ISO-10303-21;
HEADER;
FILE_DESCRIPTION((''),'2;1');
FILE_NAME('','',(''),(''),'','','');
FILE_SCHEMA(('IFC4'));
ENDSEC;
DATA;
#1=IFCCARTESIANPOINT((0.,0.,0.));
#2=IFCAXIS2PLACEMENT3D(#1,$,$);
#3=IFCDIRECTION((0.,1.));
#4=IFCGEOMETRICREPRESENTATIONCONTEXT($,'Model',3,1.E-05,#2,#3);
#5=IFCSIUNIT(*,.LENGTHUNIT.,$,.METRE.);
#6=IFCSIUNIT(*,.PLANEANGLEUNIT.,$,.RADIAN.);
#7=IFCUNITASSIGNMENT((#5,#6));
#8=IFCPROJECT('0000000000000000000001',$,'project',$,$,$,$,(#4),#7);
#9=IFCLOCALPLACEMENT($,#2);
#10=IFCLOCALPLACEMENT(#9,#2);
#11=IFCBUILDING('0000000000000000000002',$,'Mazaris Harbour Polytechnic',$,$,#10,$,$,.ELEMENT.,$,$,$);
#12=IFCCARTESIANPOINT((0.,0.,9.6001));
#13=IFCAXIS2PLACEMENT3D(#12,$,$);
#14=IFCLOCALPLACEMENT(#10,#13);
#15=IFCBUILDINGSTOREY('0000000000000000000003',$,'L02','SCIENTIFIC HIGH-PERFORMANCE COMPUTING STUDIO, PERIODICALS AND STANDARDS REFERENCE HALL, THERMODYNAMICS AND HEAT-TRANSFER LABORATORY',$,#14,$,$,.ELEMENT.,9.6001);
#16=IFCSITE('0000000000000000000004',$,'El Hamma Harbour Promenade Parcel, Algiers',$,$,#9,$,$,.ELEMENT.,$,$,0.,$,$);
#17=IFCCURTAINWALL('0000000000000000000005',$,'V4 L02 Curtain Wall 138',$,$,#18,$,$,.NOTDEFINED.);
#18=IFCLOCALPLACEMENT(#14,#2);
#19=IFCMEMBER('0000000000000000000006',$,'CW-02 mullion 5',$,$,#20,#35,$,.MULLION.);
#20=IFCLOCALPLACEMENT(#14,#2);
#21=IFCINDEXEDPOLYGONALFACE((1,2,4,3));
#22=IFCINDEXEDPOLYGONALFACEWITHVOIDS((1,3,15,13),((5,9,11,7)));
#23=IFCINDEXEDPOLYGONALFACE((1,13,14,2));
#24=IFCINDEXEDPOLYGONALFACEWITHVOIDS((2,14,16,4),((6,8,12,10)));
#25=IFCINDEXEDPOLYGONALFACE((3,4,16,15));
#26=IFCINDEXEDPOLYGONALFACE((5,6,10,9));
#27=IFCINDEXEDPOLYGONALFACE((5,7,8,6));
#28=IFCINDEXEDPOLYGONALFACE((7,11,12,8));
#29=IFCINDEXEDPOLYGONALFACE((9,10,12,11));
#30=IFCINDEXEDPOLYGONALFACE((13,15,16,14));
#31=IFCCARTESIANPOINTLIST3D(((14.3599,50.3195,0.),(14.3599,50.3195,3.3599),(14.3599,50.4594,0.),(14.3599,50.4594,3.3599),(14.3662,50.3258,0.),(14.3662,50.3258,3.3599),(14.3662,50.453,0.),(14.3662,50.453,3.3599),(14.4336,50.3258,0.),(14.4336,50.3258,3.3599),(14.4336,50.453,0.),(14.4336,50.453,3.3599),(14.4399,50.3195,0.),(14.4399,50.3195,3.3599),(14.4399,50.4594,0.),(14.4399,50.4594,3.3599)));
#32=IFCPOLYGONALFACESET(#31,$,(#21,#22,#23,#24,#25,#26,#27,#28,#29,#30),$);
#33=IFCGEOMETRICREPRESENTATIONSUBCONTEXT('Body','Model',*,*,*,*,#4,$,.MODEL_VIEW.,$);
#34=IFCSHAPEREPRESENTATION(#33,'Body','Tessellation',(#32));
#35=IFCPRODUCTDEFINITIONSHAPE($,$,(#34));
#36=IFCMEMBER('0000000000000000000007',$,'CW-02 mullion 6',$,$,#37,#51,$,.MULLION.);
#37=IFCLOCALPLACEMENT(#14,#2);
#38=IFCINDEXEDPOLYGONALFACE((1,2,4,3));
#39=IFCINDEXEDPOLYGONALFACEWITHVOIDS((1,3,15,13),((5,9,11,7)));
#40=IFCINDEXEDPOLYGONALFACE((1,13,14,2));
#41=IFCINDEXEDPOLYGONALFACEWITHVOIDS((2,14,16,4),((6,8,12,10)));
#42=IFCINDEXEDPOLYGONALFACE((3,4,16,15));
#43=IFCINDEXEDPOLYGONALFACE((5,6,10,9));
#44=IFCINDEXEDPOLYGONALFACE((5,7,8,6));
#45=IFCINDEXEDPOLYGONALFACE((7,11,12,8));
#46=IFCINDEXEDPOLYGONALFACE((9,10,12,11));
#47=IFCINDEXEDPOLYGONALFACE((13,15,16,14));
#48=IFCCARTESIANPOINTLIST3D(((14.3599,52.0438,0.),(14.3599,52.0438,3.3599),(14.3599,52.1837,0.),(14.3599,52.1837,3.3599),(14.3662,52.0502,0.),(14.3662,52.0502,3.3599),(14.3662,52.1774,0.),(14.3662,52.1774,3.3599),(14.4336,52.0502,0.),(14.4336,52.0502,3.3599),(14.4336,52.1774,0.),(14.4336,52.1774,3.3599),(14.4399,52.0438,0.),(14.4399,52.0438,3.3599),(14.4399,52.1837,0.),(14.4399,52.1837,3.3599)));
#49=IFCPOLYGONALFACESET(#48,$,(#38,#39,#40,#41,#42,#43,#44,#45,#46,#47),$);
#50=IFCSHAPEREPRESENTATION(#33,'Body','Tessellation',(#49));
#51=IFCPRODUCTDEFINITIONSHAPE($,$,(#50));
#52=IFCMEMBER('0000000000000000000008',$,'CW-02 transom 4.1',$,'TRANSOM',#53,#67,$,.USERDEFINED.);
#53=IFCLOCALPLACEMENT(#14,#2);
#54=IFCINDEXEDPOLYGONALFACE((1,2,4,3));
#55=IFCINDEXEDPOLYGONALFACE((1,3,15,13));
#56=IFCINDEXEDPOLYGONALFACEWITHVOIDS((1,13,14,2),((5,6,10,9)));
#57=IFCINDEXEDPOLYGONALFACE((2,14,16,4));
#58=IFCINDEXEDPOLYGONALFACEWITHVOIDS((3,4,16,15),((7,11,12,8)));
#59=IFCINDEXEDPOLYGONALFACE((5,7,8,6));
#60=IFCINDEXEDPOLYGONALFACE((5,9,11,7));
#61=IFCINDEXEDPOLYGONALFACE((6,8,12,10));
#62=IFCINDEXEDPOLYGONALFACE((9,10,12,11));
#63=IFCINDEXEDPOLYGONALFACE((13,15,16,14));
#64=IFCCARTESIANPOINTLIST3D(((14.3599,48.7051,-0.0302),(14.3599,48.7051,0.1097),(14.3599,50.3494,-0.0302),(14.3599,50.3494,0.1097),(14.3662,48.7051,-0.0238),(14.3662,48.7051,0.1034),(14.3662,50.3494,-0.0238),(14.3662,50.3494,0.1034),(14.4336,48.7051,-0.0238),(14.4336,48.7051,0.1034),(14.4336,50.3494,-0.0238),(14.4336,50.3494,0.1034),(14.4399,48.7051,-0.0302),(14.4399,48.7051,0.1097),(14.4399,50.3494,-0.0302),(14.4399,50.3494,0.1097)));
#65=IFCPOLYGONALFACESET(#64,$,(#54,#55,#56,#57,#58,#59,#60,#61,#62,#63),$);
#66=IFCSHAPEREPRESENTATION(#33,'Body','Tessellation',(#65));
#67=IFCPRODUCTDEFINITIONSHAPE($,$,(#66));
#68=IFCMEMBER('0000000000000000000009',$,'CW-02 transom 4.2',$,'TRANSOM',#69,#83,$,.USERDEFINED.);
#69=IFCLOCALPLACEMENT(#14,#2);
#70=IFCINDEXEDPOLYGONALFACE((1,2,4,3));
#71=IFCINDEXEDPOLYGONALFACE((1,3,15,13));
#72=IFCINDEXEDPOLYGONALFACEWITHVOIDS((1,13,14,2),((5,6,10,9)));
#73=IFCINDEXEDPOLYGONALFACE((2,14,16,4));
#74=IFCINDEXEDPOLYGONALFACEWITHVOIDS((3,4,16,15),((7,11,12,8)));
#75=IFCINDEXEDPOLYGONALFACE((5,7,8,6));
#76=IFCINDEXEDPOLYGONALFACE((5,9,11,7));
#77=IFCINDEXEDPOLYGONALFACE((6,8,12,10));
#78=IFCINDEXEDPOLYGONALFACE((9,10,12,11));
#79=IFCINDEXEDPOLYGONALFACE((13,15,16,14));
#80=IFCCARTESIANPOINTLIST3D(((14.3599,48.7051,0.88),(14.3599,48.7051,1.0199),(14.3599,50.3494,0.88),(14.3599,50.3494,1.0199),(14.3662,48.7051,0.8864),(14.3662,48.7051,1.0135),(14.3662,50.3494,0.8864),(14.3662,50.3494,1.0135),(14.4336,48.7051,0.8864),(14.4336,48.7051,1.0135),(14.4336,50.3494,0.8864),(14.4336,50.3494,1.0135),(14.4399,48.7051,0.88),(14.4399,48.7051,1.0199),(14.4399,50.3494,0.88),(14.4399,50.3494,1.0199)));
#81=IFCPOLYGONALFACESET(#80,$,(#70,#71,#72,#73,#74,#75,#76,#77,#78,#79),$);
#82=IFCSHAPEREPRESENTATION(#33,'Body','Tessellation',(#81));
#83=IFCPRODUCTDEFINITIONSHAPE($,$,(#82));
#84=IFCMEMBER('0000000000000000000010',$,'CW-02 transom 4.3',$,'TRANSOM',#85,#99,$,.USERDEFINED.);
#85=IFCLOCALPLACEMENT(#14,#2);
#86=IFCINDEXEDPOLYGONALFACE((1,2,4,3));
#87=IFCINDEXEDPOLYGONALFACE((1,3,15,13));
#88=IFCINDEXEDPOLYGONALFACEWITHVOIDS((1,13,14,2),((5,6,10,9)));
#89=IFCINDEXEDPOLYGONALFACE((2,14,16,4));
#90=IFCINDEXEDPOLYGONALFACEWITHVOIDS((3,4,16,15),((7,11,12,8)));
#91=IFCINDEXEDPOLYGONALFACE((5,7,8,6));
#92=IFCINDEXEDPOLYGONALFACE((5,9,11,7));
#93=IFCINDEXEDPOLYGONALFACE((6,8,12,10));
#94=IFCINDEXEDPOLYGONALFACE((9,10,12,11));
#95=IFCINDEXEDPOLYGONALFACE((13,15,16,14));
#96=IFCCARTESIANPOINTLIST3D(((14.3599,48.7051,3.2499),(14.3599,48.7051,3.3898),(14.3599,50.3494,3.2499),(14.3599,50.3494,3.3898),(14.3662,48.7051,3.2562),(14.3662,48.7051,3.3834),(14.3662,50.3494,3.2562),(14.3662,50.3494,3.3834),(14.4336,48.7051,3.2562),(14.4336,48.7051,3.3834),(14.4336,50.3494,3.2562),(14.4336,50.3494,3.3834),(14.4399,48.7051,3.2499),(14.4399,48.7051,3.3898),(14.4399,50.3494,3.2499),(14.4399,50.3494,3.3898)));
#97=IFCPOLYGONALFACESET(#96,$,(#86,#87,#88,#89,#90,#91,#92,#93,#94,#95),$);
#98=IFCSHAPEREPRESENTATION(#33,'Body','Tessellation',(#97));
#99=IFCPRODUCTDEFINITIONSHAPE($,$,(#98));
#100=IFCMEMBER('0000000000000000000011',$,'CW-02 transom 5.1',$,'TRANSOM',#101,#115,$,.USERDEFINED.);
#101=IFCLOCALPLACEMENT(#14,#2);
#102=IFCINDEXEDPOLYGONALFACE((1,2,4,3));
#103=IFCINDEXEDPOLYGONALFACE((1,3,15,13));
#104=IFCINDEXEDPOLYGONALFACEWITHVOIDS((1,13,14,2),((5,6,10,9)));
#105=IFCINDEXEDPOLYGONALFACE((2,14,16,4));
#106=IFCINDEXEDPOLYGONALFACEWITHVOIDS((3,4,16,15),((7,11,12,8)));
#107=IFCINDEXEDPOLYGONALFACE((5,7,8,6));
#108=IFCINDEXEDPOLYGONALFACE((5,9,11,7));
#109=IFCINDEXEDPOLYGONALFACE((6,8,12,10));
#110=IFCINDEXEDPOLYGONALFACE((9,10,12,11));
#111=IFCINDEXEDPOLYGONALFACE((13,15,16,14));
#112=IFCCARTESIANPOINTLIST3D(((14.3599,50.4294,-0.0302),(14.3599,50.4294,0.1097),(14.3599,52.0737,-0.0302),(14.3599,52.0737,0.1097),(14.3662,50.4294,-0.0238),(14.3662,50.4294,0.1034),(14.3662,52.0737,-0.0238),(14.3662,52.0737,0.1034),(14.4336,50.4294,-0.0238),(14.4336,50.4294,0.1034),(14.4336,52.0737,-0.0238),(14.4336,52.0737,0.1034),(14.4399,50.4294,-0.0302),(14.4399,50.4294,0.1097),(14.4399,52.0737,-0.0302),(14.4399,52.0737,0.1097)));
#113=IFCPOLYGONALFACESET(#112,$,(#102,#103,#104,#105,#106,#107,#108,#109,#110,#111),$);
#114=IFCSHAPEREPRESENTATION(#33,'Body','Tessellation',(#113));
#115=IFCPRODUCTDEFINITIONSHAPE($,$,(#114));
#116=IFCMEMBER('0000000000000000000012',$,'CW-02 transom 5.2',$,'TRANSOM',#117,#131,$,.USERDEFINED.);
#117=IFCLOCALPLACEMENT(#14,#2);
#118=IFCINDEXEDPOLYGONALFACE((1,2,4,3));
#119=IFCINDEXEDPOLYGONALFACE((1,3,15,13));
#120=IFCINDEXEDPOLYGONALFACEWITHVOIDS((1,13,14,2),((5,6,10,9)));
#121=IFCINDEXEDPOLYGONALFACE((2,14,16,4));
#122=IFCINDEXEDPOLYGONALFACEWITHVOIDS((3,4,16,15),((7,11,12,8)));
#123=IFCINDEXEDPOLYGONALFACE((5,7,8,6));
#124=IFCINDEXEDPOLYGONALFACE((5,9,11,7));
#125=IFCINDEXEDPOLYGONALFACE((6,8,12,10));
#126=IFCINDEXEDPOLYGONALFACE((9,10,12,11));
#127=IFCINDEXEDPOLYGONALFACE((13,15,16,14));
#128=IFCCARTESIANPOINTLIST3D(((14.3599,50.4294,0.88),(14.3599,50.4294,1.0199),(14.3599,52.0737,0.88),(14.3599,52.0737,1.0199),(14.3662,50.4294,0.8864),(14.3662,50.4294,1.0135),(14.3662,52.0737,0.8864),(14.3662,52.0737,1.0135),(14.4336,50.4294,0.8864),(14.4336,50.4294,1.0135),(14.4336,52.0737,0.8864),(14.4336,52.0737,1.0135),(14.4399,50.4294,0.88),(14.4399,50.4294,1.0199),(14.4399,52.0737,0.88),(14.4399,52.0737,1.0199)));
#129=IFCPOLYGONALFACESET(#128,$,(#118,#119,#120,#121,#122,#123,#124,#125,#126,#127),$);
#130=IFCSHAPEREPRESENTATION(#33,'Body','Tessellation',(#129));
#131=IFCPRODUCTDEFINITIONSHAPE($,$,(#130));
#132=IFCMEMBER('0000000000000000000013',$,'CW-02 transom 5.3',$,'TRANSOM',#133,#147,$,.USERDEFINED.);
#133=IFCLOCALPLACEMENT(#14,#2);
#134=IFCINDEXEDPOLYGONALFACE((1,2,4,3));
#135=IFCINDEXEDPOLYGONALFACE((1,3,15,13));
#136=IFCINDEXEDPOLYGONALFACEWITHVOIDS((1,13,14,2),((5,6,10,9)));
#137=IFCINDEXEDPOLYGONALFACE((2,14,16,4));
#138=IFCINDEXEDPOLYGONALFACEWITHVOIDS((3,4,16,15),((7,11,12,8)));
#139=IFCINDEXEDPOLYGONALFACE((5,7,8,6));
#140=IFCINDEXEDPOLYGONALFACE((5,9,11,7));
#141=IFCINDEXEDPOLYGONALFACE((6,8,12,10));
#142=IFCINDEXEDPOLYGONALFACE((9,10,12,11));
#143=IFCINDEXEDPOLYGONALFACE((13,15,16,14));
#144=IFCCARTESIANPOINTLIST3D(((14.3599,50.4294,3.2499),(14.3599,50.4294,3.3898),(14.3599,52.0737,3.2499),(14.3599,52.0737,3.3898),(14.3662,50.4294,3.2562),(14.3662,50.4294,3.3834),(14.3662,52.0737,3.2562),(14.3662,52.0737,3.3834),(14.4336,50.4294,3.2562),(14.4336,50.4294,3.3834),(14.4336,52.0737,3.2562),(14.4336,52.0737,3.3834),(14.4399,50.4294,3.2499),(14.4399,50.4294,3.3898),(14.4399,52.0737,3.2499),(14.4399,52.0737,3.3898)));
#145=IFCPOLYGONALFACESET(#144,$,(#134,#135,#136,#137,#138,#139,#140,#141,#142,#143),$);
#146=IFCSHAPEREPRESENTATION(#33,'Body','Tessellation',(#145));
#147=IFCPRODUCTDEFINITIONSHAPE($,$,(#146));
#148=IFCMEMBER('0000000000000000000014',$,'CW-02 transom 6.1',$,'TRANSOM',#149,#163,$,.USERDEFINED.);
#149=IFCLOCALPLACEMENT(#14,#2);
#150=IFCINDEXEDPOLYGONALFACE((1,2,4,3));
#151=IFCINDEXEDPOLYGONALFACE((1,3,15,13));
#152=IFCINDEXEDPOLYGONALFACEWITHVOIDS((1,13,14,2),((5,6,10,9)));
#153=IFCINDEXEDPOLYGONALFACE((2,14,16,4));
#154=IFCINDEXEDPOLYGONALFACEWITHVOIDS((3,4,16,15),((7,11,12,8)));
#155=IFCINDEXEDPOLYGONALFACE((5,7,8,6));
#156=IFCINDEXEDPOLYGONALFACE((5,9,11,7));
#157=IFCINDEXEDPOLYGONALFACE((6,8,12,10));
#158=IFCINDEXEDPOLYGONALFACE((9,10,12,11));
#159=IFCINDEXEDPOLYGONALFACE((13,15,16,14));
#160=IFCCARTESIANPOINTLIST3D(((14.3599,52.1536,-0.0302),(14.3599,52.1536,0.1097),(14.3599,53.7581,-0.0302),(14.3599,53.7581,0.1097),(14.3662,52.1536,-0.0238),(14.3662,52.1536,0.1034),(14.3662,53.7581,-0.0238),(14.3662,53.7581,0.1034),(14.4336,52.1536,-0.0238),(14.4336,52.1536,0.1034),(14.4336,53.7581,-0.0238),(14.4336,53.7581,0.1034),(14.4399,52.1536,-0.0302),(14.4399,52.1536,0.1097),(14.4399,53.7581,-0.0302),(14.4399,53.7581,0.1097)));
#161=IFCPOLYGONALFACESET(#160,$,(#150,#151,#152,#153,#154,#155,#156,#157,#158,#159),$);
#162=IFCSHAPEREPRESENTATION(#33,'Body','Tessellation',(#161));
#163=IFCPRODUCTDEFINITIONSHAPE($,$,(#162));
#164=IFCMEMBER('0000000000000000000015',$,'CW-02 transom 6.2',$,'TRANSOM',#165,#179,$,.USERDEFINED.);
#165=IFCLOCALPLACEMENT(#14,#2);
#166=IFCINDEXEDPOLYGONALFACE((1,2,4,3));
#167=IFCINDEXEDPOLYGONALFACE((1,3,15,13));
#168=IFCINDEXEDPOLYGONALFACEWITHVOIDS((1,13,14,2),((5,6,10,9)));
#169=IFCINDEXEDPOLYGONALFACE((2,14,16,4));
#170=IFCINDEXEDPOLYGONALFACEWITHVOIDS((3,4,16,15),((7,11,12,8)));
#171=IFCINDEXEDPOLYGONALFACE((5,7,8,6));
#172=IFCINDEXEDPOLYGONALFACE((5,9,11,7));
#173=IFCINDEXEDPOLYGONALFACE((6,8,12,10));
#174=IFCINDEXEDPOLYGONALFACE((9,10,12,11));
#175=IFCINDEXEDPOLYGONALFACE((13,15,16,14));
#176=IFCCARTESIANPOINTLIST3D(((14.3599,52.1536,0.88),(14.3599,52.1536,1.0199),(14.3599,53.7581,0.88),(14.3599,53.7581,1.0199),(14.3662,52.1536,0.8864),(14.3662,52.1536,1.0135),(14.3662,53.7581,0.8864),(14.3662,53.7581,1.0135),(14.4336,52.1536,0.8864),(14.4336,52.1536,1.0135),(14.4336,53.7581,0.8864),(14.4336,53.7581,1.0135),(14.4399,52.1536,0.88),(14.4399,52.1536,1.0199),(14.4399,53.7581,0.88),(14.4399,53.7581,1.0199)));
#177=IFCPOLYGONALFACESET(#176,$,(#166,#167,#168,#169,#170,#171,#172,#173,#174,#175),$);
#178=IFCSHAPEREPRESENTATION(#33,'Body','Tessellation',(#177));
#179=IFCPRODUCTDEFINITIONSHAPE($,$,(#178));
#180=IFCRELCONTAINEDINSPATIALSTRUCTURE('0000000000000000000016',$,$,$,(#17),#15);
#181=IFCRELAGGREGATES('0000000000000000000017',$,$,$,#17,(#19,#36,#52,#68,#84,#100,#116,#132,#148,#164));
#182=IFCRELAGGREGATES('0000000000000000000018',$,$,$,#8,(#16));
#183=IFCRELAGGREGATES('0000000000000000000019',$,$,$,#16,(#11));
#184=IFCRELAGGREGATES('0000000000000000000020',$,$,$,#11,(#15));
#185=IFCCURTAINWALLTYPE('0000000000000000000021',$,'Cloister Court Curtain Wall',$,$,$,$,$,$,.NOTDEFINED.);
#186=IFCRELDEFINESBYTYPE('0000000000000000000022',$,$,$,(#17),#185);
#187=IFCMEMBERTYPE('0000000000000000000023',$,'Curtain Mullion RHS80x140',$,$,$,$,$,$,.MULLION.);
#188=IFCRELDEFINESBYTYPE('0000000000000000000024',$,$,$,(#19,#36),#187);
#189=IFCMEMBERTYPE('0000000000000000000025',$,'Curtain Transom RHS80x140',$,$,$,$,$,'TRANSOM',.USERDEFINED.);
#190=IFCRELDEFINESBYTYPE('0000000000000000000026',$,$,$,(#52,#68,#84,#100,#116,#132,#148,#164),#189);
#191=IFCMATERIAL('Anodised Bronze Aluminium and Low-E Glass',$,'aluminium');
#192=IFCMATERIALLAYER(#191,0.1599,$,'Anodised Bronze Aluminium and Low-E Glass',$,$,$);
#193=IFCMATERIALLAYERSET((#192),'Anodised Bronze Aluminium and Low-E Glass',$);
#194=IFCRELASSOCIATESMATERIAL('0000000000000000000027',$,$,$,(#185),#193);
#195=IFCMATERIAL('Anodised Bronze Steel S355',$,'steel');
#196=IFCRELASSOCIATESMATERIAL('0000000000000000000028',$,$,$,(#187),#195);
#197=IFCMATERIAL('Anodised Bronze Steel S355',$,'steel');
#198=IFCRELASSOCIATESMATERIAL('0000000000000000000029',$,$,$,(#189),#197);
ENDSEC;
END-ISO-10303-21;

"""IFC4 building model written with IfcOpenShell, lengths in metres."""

from ifc_helpers import new_model, si_unit, direction, frame, origin, origin_2d, place, context, subcontext, project, spatial, hollow_rectangle, extrude, material, layer, layer_set, material_profile, profile_set, type_object, element, aggregate, save


model = new_model("IFC4")

# Units and contexts
model_context = context("Model", 3, precision=1e-05, world=origin(), true_north=direction((0.0, 1.0)))
body_context = subcontext(model_context, "Body", "Model", "MODEL_VIEW")
ifc_project = project(units=[si_unit("LENGTHUNIT", "METRE"), si_unit("PLANEANGLEUNIT", "RADIAN")], contexts=[model_context])

# Site, building, storey
site_placement = place(None, origin())
site = spatial("IfcSite", under=ifc_project, at=site_placement, Name="El Hamma Harbour Promenade Parcel, Algiers", CompositionType="ELEMENT", RefElevation=0.0)
building_placement = place(site_placement, origin())
building = spatial("IfcBuilding", under=site, at=building_placement, Name="Mazaris Harbour Polytechnic", CompositionType="ELEMENT")
storey_placement = place(building_placement, frame((0.0, 0.0, 9.6001)))
storey = spatial("IfcBuildingStorey", under=building, at=storey_placement, Name="L02", Description="SCIENTIFIC HIGH-PERFORMANCE COMPUTING STUDIO, PERIODICALS AND STANDARDS REFERENCE HALL, THERMODYNAMICS AND HEAT-TRANSFER LABORATORY", CompositionType="ELEMENT", Elevation=9.6001)

# Curtain wall, members
ifc_material_1 = material(Name="Anodised Bronze Aluminium and Low-E Glass", Category="aluminium")
ifc_layer_1 = layer(ifc_material_1, 0.1599, Name="Anodised Bronze Aluminium and Low-E Glass")
ifc_layer_set_1 = layer_set([ifc_layer_1], Name="Anodised Bronze Aluminium and Low-E Glass")
curtain_wall_type = type_object("IfcCurtainWallType", Name="Cloister Court Curtain Wall", PredefinedType="NOTDEFINED", material=ifc_layer_set_1)
curtain_wall_placement = place(storey_placement, origin())
curtain_wall = element("IfcCurtainWall", 1, at=curtain_wall_placement, inside=storey, type_object=curtain_wall_type, Name="V4 L02 Curtain Wall 138", PredefinedType="NOTDEFINED")
ifc_material_2 = material(Name="Anodised Bronze Steel S355", Category="steel")
ifc_material_profile_1 = material_profile(ifc_material_2, hollow_rectangle(XDim=0.0801, YDim=0.1399, WallThickness=0.0063, at=origin_2d()), Name="RHS 80x140x6.3")
ifc_profile_set_1 = profile_set([ifc_material_profile_1], Name="Anodised Bronze Steel S355")
member_type_1 = type_object("IfcMemberType", Name="Curtain Mullion RHS80x140", PredefinedType="MULLION", material=ifc_profile_set_1)
member_1_placement = place(storey_placement, frame((14.3999, 50.3894, 0.0), z_axis=(0.0, 0.0, 1.0), x_axis=(-1.0, 0.0, 0.0)))
member_1 = element("IfcMember", 2, at=member_1_placement, type_object=member_type_1, Name="CW-02 mullion 5", PredefinedType="MULLION", context=body_context, shape_type="SweptSolid", body=[
    extrude(hollow_rectangle(XDim=0.0801, YDim=0.1399, WallThickness=0.0063, at=origin_2d()), origin(), (0.0, 0.0, 1.0), 3.3599),
])
member_2_placement = place(storey_placement, frame((14.3999, 52.1138, 0.0), z_axis=(0.0, 0.0, 1.0), x_axis=(-1.0, 0.0, 0.0)))
member_2 = element("IfcMember", 3, at=member_2_placement, type_object=member_type_1, Name="CW-02 mullion 6", PredefinedType="MULLION", context=body_context, shape_type="SweptSolid", body=[
    extrude(hollow_rectangle(XDim=0.0801, YDim=0.1399, WallThickness=0.0063, at=origin_2d()), origin(), (0.0, 0.0, 1.0), 3.3599),
])
ifc_material_3 = material(Name="Anodised Bronze Steel S355", Category="steel")
ifc_material_profile_2 = material_profile(ifc_material_3, hollow_rectangle(XDim=0.0801, YDim=0.1399, WallThickness=0.0063, at=origin_2d()), Name="RHS 80x140x6.3")
ifc_profile_set_2 = profile_set([ifc_material_profile_2], Name="Anodised Bronze Steel S355")
member_type_2 = type_object("IfcMemberType", Name="Curtain Transom RHS80x140", ElementType="TRANSOM", PredefinedType="USERDEFINED", material=ifc_profile_set_2)
member_3_placement = place(storey_placement, frame((14.3999, 48.7051, 0.0398), z_axis=(0.0, 1.0, 0.0), x_axis=(-1.0, 0.0, 0.0)))
member_3 = element("IfcMember", 4, at=member_3_placement, type_object=member_type_2, Name="CW-02 transom 4.1", ObjectType="TRANSOM", PredefinedType="USERDEFINED", context=body_context, shape_type="SweptSolid", body=[
    extrude(hollow_rectangle(XDim=0.0801, YDim=0.1399, WallThickness=0.0063, at=origin_2d()), origin(), (0.0, 0.0, 1.0), 1.6443),
])
member_4_placement = place(storey_placement, frame((14.3999, 48.7051, 0.95), z_axis=(0.0, 1.0, 0.0), x_axis=(-1.0, 0.0, 0.0)))
member_4 = element("IfcMember", 5, at=member_4_placement, type_object=member_type_2, Name="CW-02 transom 4.2", ObjectType="TRANSOM", PredefinedType="USERDEFINED", context=body_context, shape_type="SweptSolid", body=[
    extrude(hollow_rectangle(XDim=0.0801, YDim=0.1399, WallThickness=0.0063, at=origin_2d()), origin(), (0.0, 0.0, 1.0), 1.6443),
])
member_5_placement = place(storey_placement, frame((14.3999, 48.7051, 3.3198), z_axis=(0.0, 1.0, 0.0), x_axis=(-1.0, 0.0, 0.0)))
member_5 = element("IfcMember", 6, at=member_5_placement, type_object=member_type_2, Name="CW-02 transom 4.3", ObjectType="TRANSOM", PredefinedType="USERDEFINED", context=body_context, shape_type="SweptSolid", body=[
    extrude(hollow_rectangle(XDim=0.0801, YDim=0.1399, WallThickness=0.0063, at=origin_2d()), origin(), (0.0, 0.0, 1.0), 1.6443),
])
member_6_placement = place(storey_placement, frame((14.3999, 50.4294, 0.0398), z_axis=(0.0, 1.0, 0.0), x_axis=(-1.0, 0.0, 0.0)))
member_6 = element("IfcMember", 7, at=member_6_placement, type_object=member_type_2, Name="CW-02 transom 5.1", ObjectType="TRANSOM", PredefinedType="USERDEFINED", context=body_context, shape_type="SweptSolid", body=[
    extrude(hollow_rectangle(XDim=0.0801, YDim=0.1399, WallThickness=0.0063, at=origin_2d()), origin(), (0.0, 0.0, 1.0), 1.6443),
])
member_7_placement = place(storey_placement, frame((14.3999, 50.4294, 0.95), z_axis=(0.0, 1.0, 0.0), x_axis=(-1.0, 0.0, 0.0)))
member_7 = element("IfcMember", 8, at=member_7_placement, type_object=member_type_2, Name="CW-02 transom 5.2", ObjectType="TRANSOM", PredefinedType="USERDEFINED", context=body_context, shape_type="SweptSolid", body=[
    extrude(hollow_rectangle(XDim=0.0801, YDim=0.1399, WallThickness=0.0063, at=origin_2d()), origin(), (0.0, 0.0, 1.0), 1.6443),
])
member_8_placement = place(storey_placement, frame((14.3999, 50.4294, 3.3198), z_axis=(0.0, 1.0, 0.0), x_axis=(-1.0, 0.0, 0.0)))
member_8 = element("IfcMember", 9, at=member_8_placement, type_object=member_type_2, Name="CW-02 transom 5.3", ObjectType="TRANSOM", PredefinedType="USERDEFINED", context=body_context, shape_type="SweptSolid", body=[
    extrude(hollow_rectangle(XDim=0.0801, YDim=0.1399, WallThickness=0.0063, at=origin_2d()), origin(), (0.0, 0.0, 1.0), 1.6443),
])
member_9_placement = place(storey_placement, frame((14.3999, 52.1536, 0.0398), z_axis=(0.0, 1.0, 0.0), x_axis=(-1.0, 0.0, 0.0)))
member_9 = element("IfcMember", 10, at=member_9_placement, type_object=member_type_2, Name="CW-02 transom 6.1", ObjectType="TRANSOM", PredefinedType="USERDEFINED", context=body_context, shape_type="SweptSolid", body=[
    extrude(hollow_rectangle(XDim=0.0801, YDim=0.1399, WallThickness=0.0063, at=origin_2d()), origin(), (0.0, 0.0, 1.0), 1.6045),
])
member_10_placement = place(storey_placement, frame((14.3999, 52.1536, 0.95), z_axis=(0.0, 1.0, 0.0), x_axis=(-1.0, 0.0, 0.0)))
member_10 = element("IfcMember", 11, at=member_10_placement, type_object=member_type_2, Name="CW-02 transom 6.2", ObjectType="TRANSOM", PredefinedType="USERDEFINED", context=body_context, shape_type="SweptSolid", body=[
    extrude(hollow_rectangle(XDim=0.0801, YDim=0.1399, WallThickness=0.0063, at=origin_2d()), origin(), (0.0, 0.0, 1.0), 1.6045),
])

aggregate(curtain_wall, [member_1, member_2, member_3, member_4, member_5, member_6, member_7, member_8, member_9, member_10])

save(model, "model.ifc")
